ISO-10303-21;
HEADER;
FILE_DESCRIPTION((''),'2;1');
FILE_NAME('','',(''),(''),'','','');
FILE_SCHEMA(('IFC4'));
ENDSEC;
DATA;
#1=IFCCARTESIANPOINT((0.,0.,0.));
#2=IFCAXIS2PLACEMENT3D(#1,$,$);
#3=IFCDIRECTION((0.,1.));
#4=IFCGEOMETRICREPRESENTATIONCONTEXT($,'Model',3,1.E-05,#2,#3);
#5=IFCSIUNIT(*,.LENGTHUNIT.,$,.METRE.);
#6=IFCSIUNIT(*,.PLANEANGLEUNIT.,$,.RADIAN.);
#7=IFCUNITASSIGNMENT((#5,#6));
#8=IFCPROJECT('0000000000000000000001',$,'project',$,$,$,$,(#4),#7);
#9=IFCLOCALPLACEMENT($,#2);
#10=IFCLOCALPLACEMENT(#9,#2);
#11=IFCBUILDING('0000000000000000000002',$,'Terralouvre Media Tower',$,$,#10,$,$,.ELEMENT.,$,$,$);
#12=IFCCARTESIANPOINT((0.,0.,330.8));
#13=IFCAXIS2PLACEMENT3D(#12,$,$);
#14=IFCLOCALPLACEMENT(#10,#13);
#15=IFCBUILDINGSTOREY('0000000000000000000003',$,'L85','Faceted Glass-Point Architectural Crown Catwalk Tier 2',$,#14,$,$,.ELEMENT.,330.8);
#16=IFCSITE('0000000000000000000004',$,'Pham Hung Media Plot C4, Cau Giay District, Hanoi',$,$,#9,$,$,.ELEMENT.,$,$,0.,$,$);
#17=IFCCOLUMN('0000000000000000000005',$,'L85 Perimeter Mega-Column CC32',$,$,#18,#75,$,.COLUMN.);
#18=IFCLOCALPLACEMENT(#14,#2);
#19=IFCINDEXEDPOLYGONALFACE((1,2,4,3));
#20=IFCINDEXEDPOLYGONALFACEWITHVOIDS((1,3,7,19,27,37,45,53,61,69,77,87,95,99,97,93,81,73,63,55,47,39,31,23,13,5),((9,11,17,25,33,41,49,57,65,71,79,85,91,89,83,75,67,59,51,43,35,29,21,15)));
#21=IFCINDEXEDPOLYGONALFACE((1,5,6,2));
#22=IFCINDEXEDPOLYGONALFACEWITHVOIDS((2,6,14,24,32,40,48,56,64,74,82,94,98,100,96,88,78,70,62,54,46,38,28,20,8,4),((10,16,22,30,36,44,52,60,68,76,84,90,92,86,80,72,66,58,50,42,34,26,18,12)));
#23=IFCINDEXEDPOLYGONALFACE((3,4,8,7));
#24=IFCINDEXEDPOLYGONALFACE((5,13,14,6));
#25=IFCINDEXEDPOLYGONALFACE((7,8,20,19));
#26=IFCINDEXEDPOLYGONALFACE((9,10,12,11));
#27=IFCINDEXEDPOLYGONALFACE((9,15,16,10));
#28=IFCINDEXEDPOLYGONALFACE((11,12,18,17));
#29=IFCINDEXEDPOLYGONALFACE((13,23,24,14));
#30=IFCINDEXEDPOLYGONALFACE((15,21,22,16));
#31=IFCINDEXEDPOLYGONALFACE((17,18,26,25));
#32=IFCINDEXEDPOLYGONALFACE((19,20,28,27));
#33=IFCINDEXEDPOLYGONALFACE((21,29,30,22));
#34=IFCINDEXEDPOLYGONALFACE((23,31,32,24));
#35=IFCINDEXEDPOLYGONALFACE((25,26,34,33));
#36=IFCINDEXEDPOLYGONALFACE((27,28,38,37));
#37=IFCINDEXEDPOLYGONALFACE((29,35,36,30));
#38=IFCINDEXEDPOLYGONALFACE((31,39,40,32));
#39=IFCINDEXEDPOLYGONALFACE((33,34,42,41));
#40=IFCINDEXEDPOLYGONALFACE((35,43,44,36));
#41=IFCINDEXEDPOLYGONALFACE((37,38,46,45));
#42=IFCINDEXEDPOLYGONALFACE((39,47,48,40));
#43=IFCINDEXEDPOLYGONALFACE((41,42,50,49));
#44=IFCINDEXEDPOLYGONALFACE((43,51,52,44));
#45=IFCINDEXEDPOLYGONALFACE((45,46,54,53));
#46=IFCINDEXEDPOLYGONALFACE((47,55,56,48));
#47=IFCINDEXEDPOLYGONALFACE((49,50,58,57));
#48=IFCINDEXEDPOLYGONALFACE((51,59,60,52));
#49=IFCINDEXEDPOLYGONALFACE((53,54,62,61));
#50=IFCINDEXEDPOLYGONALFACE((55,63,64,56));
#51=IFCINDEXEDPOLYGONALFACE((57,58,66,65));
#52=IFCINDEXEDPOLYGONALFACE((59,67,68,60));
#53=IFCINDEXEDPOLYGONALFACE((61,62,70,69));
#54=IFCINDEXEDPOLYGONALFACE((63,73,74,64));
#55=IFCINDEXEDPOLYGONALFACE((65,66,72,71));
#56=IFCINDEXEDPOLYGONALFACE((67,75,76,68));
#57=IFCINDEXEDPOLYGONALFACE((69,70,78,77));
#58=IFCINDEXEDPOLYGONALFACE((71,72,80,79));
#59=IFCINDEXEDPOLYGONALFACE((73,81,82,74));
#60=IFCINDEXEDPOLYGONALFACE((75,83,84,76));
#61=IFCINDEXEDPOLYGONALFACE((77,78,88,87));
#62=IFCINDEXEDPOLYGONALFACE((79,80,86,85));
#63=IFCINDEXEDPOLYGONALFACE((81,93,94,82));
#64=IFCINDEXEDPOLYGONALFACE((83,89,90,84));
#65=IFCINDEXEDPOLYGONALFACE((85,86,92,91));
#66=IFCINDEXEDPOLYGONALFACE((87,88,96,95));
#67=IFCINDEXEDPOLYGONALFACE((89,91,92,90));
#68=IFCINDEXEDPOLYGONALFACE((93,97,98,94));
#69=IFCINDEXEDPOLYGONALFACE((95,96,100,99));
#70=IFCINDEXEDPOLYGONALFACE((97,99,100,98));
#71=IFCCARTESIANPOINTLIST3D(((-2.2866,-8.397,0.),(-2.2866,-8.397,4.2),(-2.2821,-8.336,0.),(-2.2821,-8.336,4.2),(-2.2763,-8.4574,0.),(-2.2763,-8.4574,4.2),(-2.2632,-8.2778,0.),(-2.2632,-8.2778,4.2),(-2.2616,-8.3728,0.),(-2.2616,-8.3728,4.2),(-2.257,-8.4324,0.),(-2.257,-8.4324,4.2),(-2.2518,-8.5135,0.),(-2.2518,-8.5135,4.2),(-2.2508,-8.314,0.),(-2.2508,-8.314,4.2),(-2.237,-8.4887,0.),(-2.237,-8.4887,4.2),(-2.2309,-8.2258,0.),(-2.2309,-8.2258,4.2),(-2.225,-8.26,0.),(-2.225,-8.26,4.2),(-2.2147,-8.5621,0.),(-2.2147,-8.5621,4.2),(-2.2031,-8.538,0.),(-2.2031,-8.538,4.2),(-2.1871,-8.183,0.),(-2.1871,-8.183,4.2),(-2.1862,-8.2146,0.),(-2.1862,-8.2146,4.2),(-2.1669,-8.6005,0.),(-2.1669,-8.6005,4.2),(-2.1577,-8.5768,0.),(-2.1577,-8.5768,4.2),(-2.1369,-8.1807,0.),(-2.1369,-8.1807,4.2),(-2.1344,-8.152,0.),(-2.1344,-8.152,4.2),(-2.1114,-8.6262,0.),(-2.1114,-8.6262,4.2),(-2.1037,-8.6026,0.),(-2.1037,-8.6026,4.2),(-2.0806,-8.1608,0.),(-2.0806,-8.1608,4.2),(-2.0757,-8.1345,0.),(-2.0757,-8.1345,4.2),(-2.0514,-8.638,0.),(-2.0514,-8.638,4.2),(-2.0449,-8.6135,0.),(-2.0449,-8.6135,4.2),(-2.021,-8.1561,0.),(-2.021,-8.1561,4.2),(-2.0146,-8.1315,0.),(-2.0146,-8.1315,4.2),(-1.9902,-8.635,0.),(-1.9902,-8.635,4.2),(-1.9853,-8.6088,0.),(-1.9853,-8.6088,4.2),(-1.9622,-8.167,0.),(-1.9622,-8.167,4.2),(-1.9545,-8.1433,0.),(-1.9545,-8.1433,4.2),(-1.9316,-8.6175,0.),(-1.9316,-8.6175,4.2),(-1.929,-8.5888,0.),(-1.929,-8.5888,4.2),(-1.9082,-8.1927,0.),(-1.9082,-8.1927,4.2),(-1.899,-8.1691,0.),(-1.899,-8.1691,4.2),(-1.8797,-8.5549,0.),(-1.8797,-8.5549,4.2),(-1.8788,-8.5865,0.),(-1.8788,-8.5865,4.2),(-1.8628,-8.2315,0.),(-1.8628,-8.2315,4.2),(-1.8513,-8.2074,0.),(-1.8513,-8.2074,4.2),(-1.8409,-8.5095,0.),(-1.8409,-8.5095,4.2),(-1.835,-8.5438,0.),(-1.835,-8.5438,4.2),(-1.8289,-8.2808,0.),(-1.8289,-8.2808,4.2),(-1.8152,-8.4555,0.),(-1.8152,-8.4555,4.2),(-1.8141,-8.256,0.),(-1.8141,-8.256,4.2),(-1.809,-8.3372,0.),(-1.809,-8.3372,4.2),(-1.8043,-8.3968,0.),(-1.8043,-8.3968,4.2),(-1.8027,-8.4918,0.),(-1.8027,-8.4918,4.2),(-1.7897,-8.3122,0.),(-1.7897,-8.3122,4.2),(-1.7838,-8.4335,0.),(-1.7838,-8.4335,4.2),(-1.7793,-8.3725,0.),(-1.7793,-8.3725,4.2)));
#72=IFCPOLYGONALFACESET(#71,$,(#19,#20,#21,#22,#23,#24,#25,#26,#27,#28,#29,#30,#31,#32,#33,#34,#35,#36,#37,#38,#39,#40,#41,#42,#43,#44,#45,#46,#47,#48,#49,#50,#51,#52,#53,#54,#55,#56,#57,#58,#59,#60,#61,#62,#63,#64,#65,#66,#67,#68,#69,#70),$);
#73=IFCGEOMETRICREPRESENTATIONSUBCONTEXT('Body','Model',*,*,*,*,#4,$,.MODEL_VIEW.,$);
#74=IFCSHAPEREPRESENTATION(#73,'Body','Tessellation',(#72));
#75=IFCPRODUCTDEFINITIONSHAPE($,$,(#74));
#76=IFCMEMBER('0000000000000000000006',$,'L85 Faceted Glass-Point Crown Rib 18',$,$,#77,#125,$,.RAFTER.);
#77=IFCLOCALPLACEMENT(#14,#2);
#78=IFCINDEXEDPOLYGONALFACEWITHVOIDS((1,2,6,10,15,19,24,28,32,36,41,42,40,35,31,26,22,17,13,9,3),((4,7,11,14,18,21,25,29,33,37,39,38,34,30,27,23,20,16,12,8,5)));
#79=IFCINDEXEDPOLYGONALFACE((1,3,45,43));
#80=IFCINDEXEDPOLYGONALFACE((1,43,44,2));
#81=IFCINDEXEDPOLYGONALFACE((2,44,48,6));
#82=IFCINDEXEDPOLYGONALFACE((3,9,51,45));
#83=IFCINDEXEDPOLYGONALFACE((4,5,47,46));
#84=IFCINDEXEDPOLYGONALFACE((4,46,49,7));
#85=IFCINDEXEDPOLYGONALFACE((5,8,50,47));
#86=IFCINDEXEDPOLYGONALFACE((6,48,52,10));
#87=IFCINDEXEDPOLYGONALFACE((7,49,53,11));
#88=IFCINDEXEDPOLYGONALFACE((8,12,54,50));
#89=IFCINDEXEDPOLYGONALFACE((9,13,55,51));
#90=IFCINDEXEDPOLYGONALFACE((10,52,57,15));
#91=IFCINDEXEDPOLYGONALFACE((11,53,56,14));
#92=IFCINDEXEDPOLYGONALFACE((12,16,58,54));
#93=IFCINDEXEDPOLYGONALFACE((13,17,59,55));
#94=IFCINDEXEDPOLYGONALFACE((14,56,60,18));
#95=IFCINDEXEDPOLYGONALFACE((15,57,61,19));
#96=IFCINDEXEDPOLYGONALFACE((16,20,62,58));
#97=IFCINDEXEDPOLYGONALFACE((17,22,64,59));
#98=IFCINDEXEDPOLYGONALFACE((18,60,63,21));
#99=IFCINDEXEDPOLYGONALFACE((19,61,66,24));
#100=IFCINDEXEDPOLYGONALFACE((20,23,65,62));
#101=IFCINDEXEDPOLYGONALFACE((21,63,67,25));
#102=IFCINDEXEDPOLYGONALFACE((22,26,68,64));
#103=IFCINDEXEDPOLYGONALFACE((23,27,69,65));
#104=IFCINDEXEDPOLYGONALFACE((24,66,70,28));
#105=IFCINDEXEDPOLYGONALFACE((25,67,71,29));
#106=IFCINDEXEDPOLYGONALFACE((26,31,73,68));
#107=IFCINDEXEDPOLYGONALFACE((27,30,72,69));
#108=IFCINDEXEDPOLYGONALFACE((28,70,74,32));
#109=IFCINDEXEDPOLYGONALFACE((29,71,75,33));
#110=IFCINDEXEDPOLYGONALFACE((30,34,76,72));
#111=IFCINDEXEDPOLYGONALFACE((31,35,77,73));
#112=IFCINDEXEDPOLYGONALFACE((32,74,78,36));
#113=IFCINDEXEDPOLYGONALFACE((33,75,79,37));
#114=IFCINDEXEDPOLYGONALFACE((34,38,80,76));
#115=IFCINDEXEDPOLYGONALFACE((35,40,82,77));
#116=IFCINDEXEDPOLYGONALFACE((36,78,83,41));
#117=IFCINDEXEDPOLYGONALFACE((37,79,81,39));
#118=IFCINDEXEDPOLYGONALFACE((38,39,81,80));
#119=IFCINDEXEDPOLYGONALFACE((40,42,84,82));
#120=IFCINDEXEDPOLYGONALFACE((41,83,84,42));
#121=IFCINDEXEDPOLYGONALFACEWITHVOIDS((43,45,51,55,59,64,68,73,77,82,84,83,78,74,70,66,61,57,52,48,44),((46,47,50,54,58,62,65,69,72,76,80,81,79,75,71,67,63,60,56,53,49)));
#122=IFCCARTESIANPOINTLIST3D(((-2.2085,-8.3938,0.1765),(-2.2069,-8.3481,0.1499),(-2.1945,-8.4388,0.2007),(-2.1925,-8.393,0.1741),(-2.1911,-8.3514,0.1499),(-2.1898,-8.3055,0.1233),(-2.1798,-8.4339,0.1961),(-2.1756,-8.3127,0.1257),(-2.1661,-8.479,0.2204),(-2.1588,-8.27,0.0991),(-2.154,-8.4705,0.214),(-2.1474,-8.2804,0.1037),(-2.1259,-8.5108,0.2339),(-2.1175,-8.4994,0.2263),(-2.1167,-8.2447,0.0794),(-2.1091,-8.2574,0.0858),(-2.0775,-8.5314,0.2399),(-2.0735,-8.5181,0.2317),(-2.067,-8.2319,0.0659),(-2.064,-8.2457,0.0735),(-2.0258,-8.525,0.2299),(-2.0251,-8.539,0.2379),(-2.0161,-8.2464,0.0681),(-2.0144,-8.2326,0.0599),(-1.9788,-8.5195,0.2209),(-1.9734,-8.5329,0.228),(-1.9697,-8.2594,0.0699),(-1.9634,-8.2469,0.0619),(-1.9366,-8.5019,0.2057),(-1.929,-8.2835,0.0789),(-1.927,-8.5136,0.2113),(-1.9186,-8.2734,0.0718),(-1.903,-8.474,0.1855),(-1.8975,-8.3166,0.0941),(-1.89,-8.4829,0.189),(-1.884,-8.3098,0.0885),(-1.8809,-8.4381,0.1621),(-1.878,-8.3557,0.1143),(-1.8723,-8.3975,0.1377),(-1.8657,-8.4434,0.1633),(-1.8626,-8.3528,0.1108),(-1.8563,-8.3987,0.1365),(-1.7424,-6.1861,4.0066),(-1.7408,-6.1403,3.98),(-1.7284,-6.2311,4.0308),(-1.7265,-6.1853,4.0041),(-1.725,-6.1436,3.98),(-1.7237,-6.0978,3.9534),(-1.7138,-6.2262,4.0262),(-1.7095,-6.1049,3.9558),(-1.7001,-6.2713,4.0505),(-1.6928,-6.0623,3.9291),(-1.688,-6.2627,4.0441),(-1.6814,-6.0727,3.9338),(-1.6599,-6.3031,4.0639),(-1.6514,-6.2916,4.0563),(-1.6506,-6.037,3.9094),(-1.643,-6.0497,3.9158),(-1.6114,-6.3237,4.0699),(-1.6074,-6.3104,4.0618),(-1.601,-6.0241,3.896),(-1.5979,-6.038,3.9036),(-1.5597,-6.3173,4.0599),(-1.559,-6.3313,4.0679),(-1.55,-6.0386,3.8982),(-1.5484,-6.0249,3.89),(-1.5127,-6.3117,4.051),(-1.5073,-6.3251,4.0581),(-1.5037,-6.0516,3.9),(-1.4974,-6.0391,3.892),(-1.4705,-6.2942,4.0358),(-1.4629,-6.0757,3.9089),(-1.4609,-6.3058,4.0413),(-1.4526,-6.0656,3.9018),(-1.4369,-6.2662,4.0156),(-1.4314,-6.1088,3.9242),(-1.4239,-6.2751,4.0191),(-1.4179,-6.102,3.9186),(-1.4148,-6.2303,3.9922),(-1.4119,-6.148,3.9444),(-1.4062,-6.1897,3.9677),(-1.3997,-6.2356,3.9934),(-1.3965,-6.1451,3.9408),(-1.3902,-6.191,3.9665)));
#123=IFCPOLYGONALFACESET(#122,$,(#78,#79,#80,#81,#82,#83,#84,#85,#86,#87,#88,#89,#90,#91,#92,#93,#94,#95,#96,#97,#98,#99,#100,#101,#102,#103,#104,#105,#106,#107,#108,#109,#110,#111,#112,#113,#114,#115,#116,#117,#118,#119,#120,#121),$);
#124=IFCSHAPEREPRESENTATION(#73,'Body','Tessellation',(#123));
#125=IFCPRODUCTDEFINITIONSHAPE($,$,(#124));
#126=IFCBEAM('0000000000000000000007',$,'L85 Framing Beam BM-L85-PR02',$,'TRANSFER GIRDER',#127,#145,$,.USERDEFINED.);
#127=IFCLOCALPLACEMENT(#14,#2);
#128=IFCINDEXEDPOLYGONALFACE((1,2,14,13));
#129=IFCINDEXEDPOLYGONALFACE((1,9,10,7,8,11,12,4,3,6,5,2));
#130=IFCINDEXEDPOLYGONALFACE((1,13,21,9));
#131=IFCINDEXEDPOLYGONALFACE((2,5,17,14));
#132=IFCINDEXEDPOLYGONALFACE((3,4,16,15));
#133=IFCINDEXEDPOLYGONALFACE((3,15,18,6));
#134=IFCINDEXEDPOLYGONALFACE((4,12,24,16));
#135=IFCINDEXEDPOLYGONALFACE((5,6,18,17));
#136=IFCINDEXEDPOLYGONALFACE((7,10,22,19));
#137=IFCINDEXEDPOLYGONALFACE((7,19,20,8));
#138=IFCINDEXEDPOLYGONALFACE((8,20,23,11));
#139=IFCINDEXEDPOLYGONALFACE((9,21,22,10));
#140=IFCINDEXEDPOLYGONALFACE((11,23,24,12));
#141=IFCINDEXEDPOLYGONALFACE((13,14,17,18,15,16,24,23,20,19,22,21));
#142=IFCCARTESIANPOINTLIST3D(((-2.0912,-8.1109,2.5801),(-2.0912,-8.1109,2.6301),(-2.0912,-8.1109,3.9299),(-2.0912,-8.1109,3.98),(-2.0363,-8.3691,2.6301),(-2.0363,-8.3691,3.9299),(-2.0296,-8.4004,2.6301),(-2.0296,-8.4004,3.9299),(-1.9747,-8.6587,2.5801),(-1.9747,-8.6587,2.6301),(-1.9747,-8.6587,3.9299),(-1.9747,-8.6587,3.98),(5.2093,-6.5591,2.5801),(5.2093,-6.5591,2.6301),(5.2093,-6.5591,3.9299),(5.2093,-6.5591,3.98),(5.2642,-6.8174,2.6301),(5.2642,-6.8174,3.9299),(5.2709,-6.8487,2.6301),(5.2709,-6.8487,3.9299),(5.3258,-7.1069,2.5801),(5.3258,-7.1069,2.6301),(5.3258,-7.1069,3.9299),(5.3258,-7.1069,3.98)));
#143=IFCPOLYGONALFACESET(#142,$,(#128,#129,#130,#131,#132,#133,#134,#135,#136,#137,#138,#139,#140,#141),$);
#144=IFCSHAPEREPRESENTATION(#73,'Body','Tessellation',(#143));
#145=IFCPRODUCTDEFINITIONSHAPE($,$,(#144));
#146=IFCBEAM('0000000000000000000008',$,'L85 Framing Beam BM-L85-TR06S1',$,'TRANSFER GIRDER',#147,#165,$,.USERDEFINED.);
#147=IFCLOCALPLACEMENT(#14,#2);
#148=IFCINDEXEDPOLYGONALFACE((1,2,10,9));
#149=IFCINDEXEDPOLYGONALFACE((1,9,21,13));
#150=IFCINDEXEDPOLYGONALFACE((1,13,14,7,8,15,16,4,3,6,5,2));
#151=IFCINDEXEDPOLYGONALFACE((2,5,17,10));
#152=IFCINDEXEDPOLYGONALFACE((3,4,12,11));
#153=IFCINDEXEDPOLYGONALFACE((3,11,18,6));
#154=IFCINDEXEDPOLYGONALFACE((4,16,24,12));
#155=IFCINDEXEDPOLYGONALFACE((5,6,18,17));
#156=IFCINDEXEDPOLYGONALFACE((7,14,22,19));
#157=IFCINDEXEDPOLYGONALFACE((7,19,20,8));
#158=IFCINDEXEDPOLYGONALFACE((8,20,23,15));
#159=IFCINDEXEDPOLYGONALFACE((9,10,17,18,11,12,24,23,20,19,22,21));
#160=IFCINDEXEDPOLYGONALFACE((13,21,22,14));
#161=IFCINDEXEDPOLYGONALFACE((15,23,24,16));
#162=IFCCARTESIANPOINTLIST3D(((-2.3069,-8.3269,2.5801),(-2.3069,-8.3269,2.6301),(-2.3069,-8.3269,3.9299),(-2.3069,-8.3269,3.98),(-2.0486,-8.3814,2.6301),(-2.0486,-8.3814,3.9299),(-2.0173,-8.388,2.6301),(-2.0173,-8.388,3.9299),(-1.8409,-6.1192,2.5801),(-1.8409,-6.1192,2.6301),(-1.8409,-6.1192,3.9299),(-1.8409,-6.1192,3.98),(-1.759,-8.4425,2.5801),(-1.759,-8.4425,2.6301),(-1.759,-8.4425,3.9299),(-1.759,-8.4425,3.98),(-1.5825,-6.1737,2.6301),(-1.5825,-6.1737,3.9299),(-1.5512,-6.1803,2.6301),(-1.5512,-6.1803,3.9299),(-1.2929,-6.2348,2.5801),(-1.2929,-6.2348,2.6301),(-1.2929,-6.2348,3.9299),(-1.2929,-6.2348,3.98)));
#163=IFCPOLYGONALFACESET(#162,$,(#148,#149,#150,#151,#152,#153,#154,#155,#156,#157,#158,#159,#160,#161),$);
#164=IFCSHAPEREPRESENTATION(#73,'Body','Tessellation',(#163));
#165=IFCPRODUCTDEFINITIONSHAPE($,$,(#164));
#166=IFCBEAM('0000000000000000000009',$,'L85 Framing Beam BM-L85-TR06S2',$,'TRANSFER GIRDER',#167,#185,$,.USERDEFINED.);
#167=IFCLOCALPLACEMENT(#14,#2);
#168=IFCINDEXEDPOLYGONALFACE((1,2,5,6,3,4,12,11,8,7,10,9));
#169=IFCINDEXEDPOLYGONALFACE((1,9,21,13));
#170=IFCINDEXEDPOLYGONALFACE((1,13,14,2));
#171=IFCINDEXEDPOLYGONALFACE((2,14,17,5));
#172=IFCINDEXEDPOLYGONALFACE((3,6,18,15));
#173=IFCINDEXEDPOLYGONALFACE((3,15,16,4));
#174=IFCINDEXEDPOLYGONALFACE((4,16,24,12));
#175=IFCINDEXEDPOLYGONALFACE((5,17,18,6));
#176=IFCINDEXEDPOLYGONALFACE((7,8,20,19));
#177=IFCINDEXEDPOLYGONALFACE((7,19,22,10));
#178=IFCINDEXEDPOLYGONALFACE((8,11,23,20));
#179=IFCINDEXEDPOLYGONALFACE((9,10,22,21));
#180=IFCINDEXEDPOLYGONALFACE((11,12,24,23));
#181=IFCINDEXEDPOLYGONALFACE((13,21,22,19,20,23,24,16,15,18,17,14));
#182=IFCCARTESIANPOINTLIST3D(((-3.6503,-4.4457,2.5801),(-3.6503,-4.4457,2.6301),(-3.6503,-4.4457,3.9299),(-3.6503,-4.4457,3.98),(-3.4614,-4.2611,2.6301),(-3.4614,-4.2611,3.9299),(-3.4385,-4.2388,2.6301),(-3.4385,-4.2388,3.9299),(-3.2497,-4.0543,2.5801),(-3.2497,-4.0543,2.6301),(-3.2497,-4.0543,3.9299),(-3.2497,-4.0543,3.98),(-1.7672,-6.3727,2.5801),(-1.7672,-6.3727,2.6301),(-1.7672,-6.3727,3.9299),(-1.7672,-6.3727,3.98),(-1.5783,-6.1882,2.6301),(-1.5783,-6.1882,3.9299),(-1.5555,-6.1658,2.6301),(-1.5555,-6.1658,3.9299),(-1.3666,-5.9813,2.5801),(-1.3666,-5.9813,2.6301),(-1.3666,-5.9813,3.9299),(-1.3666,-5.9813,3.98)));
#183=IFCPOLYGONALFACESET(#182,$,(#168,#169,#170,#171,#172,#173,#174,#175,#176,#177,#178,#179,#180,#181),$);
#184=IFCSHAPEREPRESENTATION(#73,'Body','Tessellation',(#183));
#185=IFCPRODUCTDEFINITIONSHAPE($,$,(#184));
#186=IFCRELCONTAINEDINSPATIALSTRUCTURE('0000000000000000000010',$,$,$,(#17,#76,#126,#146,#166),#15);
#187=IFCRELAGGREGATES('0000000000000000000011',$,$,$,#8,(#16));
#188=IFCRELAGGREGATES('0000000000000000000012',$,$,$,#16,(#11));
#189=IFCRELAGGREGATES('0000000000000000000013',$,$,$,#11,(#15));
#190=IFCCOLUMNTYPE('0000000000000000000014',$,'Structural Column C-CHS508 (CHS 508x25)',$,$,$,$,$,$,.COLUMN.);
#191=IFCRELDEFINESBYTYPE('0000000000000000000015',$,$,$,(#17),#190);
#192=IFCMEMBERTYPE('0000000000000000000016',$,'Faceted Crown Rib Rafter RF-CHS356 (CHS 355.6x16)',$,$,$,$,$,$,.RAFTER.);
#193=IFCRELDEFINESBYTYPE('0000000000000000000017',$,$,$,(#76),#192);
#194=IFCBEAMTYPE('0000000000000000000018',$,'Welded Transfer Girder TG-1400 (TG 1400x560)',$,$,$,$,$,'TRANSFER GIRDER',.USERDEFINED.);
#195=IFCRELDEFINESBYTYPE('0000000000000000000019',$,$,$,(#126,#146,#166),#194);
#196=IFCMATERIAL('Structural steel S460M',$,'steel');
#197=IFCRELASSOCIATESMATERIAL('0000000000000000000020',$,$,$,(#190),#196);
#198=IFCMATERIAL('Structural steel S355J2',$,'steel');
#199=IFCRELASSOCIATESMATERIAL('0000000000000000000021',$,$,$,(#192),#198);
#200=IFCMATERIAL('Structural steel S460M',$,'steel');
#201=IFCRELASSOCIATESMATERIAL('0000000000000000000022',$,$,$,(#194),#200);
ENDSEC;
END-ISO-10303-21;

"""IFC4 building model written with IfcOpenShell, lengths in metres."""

from ifc_helpers import new_model, si_unit, direction, frame, origin, origin_2d, place, context, subcontext, project, spatial, hollow_circle, i_section, extrude, material, material_profile, profile_set, type_object, element, save


model = new_model("IFC4")

# Units and contexts
model_context = context("Model", 3, precision=1e-05, world=origin(), true_north=direction((0.0, 1.0)))
body_context = subcontext(model_context, "Body", "Model", "MODEL_VIEW")
ifc_project = project(units=[si_unit("LENGTHUNIT", "METRE"), si_unit("PLANEANGLEUNIT", "RADIAN")], contexts=[model_context])

# Site, building, storey
site_placement = place(None, origin())
site = spatial("IfcSite", under=ifc_project, at=site_placement, Name="Pham Hung Media Plot C4, Cau Giay District, Hanoi", CompositionType="ELEMENT", RefElevation=0.0)
building_placement = place(site_placement, origin())
building = spatial("IfcBuilding", under=site, at=building_placement, Name="Terralouvre Media Tower", CompositionType="ELEMENT")
storey_placement = place(building_placement, frame((0.0, 0.0, 330.8)))
storey = spatial("IfcBuildingStorey", under=building, at=storey_placement, Name="L85", Description="Faceted Glass-Point Architectural Crown Catwalk Tier 2", CompositionType="ELEMENT", Elevation=330.8)

# Column
ifc_material_1 = material(Name="Structural steel S460M", Category="steel")
ifc_material_profile_1 = material_profile(ifc_material_1, hollow_circle(Radius=0.2539, WallThickness=0.0249, at=origin_2d()), Name="CHS 508x25")
ifc_profile_set_1 = profile_set([ifc_material_profile_1], Name="Structural steel S460M")
column_type = type_object("IfcColumnType", Name="Structural Column C-CHS508 (CHS 508x25)", PredefinedType="COLUMN", material=ifc_profile_set_1)
column_placement = place(storey_placement, frame((-2.033, -8.3848, 0.0), z_axis=(0.0, 0.0, 1.0), x_axis=(0.309017, 0.951057, 0.0)))
element("IfcColumn", 1, at=column_placement, inside=storey, type_object=column_type, Name="L85 Perimeter Mega-Column CC32", PredefinedType="COLUMN", context=body_context, shape_type="SweptSolid", body=[
    extrude(hollow_circle(Radius=0.2539, WallThickness=0.0249, at=origin_2d()), origin(), (0.0, 0.0, 1.0), 4.2),
])

# Member
ifc_material_2 = material(Name="Structural steel S355J2", Category="steel")
ifc_material_profile_2 = material_profile(ifc_material_2, hollow_circle(Radius=0.1777, WallThickness=0.0161, at=origin_2d()), Name="CHS 355.6x16")
ifc_profile_set_2 = profile_set([ifc_material_profile_2], Name="Structural steel S355J2")
member_type = type_object("IfcMemberType", Name="Faceted Crown Rib Rafter RF-CHS356 (CHS 355.6x16)", PredefinedType="RAFTER", material=ifc_profile_set_2)
member_placement = place(storey_placement, frame((-2.033, -8.3848, 0.1499), z_axis=(0.104844, 0.496648, 0.861596), x_axis=(-0.978436, 0.20655, 0.0)))
element("IfcMember", 2, at=member_placement, inside=storey, type_object=member_type, Name="L85 Faceted Glass-Point Crown Rib 18", PredefinedType="RAFTER", context=body_context, shape_type="SweptSolid", body=[
    extrude(hollow_circle(Radius=0.1777, WallThickness=0.0161, at=origin_2d()), origin(), (0.0, 0.0, 1.0), 4.4453),
])

# Beams
ifc_material_3 = material(Name="Structural steel S460M", Category="steel")
ifc_material_profile_3 = material_profile(ifc_material_3, i_section(OverallWidth=0.5601, OverallDepth=1.3999, WebThickness=0.032, FlangeThickness=0.05, at=origin_2d()), Name="TG 1400x560")
ifc_profile_set_3 = profile_set([ifc_material_profile_3], Name="Structural steel S460M")
beam_type = type_object("IfcBeamType", Name="Welded Transfer Girder TG-1400 (TG 1400x560)", ElementType="TRANSFER GIRDER", PredefinedType="USERDEFINED", material=ifc_profile_set_3)
beam_1_placement = place(storey_placement, frame((-2.033, -8.3848, 3.28), z_axis=(0.978148, 0.207909, 0.0), x_axis=(-0.207909, 0.978148, 0.0)))
element("IfcBeam", 3, at=beam_1_placement, inside=storey, type_object=beam_type, Name="L85 Framing Beam BM-L85-PR02", ObjectType="TRANSFER GIRDER", PredefinedType="USERDEFINED", context=body_context, shape_type="SweptSolid", body=[
    extrude(i_section(OverallWidth=0.5601, OverallDepth=1.3999, WebThickness=0.032, FlangeThickness=0.05, at=origin_2d()), origin(), (0.0, 0.0, 1.0), 7.4636),
])
beam_2_placement = place(storey_placement, frame((-1.5669, -6.177, 3.28), z_axis=(-0.20655, -0.978436, 0.0), x_axis=(0.978436, -0.20655, 0.0)))
element("IfcBeam", 4, at=beam_2_placement, inside=storey, type_object=beam_type, Name="L85 Framing Beam BM-L85-TR06S1", ObjectType="TRANSFER GIRDER", PredefinedType="USERDEFINED", context=body_context, shape_type="SweptSolid", body=[
    extrude(i_section(OverallWidth=0.5601, OverallDepth=1.3999, WebThickness=0.032, FlangeThickness=0.05, at=origin_2d()), origin(), (0.0, 0.0, 1.0), 2.2563),
])
beam_3_placement = place(storey_placement, frame((-1.5669, -6.177, 3.28), z_axis=(-0.698905, 0.715215, 0.0), x_axis=(-0.715215, -0.698905, 0.0)))
element("IfcBeam", 5, at=beam_3_placement, inside=storey, type_object=beam_type, Name="L85 Framing Beam BM-L85-TR06S2", ObjectType="TRANSFER GIRDER", PredefinedType="USERDEFINED", context=body_context, shape_type="SweptSolid", body=[
    extrude(i_section(OverallWidth=0.5601, OverallDepth=1.3999, WebThickness=0.032, FlangeThickness=0.05, at=origin_2d()), origin(), (0.0, 0.0, 1.0), 2.6943),
])

save(model, "model.ifc")
